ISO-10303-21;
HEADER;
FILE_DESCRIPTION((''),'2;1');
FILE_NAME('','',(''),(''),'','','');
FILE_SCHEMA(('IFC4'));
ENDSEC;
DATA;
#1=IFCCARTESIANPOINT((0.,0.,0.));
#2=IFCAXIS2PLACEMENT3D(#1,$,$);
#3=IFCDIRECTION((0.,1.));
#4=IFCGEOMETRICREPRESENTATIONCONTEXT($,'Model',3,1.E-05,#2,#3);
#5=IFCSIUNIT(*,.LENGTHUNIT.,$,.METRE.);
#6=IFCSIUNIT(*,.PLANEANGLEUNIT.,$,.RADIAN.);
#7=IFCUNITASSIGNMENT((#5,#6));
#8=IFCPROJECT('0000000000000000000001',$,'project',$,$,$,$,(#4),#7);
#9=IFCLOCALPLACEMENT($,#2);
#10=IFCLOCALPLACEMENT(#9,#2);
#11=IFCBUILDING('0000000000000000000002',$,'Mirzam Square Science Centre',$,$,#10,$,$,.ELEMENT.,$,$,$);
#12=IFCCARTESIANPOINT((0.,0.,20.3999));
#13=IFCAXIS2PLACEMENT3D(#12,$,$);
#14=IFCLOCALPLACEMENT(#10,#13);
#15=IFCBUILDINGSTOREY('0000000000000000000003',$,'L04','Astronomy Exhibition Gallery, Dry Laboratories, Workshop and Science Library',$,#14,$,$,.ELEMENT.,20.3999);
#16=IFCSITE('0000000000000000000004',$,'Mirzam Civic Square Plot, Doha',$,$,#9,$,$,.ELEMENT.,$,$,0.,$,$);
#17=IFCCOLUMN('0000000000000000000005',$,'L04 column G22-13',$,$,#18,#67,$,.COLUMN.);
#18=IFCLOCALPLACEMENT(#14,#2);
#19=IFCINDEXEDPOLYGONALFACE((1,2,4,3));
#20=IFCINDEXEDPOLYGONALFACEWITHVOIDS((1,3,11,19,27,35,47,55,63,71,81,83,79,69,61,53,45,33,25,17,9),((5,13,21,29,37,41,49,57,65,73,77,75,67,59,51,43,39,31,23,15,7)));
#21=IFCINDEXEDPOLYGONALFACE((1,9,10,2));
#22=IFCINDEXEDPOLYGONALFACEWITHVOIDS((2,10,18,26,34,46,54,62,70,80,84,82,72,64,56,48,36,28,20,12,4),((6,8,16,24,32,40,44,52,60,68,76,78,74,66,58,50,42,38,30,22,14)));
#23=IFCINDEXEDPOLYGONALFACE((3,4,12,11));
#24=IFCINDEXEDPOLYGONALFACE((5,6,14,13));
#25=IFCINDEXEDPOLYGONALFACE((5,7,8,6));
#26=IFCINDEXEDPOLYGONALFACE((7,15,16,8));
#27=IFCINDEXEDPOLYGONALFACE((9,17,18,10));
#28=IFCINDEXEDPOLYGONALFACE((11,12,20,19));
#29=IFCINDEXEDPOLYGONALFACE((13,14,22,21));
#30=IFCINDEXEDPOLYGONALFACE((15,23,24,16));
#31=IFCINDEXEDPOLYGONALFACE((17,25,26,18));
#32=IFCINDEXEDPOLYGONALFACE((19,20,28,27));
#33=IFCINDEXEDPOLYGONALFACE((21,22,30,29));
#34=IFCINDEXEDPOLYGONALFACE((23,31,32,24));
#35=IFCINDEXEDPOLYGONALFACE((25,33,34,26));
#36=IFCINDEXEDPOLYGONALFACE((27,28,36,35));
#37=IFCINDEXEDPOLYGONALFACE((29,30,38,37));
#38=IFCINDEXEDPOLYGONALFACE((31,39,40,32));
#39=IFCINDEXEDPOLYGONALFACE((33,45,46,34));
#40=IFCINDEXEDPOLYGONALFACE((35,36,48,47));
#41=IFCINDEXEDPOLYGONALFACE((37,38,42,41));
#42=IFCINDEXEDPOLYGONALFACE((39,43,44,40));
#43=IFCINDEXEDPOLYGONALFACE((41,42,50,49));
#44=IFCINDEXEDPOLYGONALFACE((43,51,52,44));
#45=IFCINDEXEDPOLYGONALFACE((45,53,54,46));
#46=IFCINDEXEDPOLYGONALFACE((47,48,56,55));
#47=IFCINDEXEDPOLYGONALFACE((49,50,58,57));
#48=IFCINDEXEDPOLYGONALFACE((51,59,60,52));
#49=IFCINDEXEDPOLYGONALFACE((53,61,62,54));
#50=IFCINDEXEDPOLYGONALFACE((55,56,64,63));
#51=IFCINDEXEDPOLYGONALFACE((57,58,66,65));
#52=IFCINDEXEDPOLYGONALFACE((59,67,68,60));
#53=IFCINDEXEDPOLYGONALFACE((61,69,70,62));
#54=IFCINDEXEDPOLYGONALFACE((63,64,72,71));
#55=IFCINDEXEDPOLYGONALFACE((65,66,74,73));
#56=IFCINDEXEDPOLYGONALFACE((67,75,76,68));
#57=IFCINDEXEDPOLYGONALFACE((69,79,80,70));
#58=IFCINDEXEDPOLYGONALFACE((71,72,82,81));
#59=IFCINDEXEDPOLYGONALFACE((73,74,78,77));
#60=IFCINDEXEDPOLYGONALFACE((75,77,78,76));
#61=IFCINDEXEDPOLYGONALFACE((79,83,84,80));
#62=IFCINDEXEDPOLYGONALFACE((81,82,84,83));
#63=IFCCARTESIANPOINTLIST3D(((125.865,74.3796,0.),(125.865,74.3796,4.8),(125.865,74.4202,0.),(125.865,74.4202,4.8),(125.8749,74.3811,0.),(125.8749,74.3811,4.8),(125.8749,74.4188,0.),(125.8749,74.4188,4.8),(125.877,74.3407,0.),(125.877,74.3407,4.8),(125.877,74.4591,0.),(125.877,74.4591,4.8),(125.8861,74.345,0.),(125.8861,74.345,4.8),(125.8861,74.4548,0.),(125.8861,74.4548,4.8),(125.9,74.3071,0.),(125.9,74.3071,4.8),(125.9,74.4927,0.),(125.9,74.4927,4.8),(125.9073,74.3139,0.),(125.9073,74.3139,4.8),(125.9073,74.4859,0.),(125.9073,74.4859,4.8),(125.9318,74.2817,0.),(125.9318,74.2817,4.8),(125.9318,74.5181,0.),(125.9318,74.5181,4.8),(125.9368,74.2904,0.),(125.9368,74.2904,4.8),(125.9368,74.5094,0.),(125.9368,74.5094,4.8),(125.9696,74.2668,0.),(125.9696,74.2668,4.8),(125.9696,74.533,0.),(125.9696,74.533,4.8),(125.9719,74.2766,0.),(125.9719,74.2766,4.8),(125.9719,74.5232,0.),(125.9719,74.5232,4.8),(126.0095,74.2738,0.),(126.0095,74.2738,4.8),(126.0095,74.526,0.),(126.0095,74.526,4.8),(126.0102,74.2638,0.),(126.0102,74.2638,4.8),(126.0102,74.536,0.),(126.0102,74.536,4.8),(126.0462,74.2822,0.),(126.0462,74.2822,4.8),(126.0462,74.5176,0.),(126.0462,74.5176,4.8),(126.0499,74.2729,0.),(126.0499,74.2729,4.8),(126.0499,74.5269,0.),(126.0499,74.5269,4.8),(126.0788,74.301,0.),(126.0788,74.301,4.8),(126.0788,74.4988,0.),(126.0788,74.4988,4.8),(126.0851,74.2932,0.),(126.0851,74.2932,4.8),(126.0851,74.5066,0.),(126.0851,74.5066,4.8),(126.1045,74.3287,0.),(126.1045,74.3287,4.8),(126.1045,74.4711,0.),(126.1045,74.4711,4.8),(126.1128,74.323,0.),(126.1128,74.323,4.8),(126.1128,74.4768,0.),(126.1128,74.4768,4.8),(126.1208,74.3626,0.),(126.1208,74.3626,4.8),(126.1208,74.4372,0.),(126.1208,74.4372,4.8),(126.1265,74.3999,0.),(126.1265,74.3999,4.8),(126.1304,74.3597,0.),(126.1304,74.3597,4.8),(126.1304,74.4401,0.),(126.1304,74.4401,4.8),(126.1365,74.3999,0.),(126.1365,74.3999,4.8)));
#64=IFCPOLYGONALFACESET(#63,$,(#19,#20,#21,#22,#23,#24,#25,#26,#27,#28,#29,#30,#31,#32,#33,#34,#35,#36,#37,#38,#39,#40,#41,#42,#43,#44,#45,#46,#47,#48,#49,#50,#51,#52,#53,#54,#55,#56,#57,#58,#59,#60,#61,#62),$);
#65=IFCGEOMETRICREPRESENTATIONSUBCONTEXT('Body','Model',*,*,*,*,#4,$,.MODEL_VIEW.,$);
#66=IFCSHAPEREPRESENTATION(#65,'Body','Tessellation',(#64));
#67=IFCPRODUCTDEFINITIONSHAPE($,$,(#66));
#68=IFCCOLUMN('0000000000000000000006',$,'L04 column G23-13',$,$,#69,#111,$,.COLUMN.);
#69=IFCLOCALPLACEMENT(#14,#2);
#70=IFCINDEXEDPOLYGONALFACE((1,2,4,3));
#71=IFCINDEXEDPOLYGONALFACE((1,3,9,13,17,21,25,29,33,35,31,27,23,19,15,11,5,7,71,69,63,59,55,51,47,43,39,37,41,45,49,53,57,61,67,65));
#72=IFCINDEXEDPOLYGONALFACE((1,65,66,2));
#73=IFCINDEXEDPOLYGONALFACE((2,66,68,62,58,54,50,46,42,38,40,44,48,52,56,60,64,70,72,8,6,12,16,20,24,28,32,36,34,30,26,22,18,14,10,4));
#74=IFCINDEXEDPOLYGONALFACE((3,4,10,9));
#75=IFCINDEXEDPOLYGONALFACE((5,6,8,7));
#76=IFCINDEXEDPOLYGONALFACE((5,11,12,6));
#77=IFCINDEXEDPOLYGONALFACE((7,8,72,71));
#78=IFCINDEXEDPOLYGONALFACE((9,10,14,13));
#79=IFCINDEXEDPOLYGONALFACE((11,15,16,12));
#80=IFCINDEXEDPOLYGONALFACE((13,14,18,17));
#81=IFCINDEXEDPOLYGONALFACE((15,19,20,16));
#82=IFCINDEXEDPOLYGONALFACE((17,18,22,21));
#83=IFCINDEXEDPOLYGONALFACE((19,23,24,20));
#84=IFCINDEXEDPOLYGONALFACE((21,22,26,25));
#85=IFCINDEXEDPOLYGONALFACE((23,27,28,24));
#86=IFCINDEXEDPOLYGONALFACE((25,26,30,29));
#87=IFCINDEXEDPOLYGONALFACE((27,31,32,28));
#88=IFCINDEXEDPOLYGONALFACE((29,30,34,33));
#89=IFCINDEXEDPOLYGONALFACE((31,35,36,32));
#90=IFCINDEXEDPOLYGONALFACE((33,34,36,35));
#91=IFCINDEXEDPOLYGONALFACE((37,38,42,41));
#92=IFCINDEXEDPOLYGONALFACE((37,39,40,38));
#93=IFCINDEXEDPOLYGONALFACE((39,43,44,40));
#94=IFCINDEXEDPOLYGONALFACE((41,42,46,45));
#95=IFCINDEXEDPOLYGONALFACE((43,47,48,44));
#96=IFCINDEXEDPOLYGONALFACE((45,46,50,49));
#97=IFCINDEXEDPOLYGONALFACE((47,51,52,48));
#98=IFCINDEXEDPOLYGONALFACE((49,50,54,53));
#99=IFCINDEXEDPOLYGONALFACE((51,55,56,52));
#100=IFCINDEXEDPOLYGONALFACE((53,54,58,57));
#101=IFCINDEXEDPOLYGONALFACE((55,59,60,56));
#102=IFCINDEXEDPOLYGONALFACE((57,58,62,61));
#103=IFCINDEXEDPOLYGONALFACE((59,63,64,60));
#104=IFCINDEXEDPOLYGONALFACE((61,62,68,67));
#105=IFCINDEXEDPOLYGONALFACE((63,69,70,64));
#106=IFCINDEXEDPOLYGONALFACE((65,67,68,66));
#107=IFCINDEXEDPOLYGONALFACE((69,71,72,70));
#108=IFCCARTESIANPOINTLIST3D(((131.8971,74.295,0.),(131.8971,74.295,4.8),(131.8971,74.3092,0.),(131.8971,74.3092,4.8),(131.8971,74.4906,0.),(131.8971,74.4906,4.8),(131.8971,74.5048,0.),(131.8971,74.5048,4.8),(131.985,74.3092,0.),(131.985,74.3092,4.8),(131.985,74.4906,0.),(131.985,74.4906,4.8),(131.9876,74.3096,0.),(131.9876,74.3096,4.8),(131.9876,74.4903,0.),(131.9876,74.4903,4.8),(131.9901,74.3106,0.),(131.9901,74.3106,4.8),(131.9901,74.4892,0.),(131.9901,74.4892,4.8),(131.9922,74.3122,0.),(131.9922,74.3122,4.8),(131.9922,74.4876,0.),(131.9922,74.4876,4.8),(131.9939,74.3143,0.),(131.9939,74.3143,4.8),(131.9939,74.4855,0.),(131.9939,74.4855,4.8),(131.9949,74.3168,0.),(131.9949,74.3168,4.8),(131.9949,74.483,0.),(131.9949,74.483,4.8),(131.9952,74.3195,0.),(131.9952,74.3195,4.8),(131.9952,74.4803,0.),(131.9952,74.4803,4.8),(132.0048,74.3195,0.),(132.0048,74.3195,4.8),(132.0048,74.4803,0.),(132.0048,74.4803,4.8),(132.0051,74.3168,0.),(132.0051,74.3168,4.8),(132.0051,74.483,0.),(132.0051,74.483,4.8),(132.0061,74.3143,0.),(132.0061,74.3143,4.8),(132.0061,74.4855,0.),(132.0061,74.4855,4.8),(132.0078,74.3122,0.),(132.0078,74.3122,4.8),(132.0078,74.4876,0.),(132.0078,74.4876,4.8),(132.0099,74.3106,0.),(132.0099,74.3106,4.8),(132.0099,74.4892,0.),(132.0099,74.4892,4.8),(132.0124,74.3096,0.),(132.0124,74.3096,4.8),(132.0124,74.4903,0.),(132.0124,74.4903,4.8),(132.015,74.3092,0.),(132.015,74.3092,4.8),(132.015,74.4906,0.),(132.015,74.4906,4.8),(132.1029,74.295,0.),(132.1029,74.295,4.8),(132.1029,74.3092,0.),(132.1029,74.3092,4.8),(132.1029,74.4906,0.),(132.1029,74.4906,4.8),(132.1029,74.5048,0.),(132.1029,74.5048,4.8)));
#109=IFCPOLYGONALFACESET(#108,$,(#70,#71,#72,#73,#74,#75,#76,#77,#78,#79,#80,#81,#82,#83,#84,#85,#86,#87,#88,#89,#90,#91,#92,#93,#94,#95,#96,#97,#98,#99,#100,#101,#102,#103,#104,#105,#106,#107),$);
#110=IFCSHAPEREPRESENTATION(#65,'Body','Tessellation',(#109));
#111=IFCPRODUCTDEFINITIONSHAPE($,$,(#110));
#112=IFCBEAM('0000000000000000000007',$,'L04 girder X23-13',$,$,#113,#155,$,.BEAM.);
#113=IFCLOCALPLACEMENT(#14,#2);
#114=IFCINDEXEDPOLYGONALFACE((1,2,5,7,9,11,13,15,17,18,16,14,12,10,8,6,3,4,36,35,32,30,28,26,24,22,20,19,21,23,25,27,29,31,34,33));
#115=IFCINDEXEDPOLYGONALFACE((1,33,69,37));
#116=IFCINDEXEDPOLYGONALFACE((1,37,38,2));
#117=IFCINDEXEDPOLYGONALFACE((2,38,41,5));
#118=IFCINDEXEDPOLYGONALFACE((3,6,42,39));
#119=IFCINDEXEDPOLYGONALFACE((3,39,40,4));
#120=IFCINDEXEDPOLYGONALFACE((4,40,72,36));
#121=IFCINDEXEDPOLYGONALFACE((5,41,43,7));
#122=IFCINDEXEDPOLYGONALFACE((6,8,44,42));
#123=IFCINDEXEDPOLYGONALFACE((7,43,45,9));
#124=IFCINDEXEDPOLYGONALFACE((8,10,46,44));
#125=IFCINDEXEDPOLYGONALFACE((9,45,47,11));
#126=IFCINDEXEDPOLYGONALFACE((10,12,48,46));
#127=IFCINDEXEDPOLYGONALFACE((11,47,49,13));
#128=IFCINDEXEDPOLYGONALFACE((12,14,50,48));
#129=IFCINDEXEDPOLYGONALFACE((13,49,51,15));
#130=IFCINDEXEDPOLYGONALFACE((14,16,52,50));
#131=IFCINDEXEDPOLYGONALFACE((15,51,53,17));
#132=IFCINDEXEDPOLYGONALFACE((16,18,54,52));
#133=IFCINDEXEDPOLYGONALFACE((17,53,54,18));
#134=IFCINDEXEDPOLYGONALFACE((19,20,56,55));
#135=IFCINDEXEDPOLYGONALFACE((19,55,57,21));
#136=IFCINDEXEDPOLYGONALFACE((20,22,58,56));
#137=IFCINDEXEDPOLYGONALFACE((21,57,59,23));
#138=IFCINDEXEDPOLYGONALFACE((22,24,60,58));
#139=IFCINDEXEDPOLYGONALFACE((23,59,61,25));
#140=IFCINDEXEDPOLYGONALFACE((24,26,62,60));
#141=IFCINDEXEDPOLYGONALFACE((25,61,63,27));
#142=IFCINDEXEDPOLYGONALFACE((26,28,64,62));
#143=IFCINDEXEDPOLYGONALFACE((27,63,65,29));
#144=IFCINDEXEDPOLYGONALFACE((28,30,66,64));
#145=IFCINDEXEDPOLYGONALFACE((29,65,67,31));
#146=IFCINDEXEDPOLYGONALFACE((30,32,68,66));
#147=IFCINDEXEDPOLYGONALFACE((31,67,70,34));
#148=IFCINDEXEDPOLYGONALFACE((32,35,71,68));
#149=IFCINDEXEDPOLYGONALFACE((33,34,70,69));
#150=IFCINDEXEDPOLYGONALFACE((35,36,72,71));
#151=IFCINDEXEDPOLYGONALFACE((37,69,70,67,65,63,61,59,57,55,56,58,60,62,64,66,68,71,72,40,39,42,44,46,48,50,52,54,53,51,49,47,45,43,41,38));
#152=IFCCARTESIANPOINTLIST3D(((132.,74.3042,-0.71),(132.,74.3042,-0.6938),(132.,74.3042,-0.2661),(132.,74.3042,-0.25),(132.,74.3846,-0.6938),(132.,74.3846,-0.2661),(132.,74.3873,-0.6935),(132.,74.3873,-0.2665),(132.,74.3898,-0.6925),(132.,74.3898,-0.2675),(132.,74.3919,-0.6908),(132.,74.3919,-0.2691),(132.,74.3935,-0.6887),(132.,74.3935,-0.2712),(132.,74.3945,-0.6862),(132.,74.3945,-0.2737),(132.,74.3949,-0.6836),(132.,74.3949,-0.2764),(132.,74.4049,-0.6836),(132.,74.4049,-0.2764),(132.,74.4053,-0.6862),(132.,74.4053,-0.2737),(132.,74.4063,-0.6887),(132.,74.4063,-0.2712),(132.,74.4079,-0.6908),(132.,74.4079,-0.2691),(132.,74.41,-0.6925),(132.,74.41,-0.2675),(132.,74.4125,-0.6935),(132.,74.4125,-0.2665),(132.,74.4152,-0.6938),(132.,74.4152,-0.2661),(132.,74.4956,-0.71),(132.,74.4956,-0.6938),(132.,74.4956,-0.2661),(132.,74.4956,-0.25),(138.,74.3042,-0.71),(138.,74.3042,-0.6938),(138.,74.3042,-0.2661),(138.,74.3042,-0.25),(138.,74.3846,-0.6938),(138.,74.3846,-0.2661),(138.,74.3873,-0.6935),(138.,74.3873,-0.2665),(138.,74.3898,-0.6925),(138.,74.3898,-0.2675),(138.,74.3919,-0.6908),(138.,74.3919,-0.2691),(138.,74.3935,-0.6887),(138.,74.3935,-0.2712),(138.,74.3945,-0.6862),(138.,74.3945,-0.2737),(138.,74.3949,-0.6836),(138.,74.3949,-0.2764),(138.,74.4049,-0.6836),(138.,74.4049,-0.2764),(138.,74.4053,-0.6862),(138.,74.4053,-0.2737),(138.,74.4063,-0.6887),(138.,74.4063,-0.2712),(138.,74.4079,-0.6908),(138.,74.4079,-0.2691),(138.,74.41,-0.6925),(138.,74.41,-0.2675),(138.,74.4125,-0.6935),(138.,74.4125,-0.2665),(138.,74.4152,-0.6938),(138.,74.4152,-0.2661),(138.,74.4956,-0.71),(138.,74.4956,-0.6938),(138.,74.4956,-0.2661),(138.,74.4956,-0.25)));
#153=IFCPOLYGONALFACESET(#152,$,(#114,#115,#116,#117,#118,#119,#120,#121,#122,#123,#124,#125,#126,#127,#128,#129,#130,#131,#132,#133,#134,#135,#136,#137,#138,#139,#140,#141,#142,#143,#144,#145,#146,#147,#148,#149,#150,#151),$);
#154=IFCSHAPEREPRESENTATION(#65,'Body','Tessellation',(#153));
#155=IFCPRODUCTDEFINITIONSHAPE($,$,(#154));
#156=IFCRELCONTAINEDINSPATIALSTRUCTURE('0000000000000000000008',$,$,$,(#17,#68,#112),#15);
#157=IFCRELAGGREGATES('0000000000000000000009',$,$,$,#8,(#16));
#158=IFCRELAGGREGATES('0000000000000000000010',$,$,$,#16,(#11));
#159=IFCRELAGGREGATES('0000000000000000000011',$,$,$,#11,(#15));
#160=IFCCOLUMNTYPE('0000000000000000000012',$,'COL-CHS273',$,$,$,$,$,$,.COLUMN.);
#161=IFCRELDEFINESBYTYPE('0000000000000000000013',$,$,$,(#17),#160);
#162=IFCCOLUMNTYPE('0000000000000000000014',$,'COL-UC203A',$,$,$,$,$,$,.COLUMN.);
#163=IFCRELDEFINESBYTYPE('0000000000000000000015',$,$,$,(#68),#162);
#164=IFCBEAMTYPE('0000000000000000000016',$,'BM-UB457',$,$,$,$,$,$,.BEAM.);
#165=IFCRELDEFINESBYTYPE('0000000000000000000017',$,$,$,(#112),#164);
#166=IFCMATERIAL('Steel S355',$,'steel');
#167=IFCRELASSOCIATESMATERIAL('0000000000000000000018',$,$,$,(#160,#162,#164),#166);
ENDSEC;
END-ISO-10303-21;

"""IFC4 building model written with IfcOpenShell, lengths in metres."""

from ifc_helpers import new_model, si_unit, direction, frame, origin, origin_2d, place, context, subcontext, project, spatial, hollow_circle, i_section, extrude, material, material_profile, profile_set, type_object, element, save


model = new_model("IFC4")

# Units and contexts
model_context = context("Model", 3, precision=1e-05, world=origin(), true_north=direction((0.0, 1.0)))
body_context = subcontext(model_context, "Body", "Model", "MODEL_VIEW")
ifc_project = project(units=[si_unit("LENGTHUNIT", "METRE"), si_unit("PLANEANGLEUNIT", "RADIAN")], contexts=[model_context])

# Site, building, storey
site_placement = place(None, origin())
site = spatial("IfcSite", under=ifc_project, at=site_placement, Name="Mirzam Civic Square Plot, Doha", CompositionType="ELEMENT", RefElevation=0.0)
building_placement = place(site_placement, origin())
building = spatial("IfcBuilding", under=site, at=building_placement, Name="Mirzam Square Science Centre", CompositionType="ELEMENT")
storey_placement = place(building_placement, frame((0.0, 0.0, 20.3999)))
storey = spatial("IfcBuildingStorey", under=building, at=storey_placement, Name="L04", Description="Astronomy Exhibition Gallery, Dry Laboratories, Workshop and Science Library", CompositionType="ELEMENT", Elevation=20.3999)

# Columns
ifc_material_1 = material(Name="Steel S355", Category="steel")
ifc_material_profile_1 = material_profile(ifc_material_1, hollow_circle(Radius=0.1365, WallThickness=0.01, at=origin_2d()), Name="273.0x10.0CHS")
ifc_profile_set_1 = profile_set([ifc_material_profile_1], Name="Steel S355")
column_type_1 = type_object("IfcColumnType", Name="COL-CHS273", PredefinedType="COLUMN", material=ifc_profile_set_1)
column_1_placement = place(storey_placement, frame((126.0, 74.3999, 0.0), z_axis=(0.0, 0.0, 1.0), x_axis=(1.0, 0.0, 0.0)))
element("IfcColumn", 1, at=column_1_placement, inside=storey, type_object=column_type_1, Name="L04 column G22-13", PredefinedType="COLUMN", context=body_context, shape_type="SweptSolid", body=[
    extrude(hollow_circle(Radius=0.1365, WallThickness=0.01, at=origin_2d()), origin(), (0.0, 0.0, 1.0), 4.8),
])
ifc_material_profile_2 = material_profile(ifc_material_1, i_section(OverallWidth=0.2058, OverallDepth=0.2097, WebThickness=0.0095, FlangeThickness=0.0142, FilletRadius=0.0103, at=origin_2d()), Name="203x203x60UC")
ifc_profile_set_2 = profile_set([ifc_material_profile_2], Name="Steel S355")
column_type_2 = type_object("IfcColumnType", Name="COL-UC203A", PredefinedType="COLUMN", material=ifc_profile_set_2)
column_2_placement = place(storey_placement, frame((132.0, 74.3999, 0.0), z_axis=(0.0, 0.0, 1.0), x_axis=(1.0, 0.0, 0.0)))
element("IfcColumn", 2, at=column_2_placement, inside=storey, type_object=column_type_2, Name="L04 column G23-13", PredefinedType="COLUMN", context=body_context, shape_type="SweptSolid", body=[
    extrude(i_section(OverallWidth=0.2058, OverallDepth=0.2097, WebThickness=0.0095, FlangeThickness=0.0142, FilletRadius=0.0103, at=origin_2d()), origin(), (0.0, 0.0, 1.0), 4.8),
])

# Beam
ifc_material_profile_3 = material_profile(ifc_material_1, i_section(OverallWidth=0.1914, OverallDepth=0.46, WebThickness=0.01, FlangeThickness=0.0161, FilletRadius=0.0103, at=origin_2d()), Name="457x191x82UB")
ifc_profile_set_3 = profile_set([ifc_material_profile_3], Name="Steel S355")
beam_type_1 = type_object("IfcBeamType", Name="BM-UB457", PredefinedType="BEAM", material=ifc_profile_set_3)
beam_1_placement = place(storey_placement, frame((132.0, 74.3999, -0.48), z_axis=(1.0, 0.0, 0.0), x_axis=(0.0, 1.0, 0.0)))
element("IfcBeam", 3, at=beam_1_placement, inside=storey, type_object=beam_type_1, Name="L04 girder X23-13", PredefinedType="BEAM", context=body_context, shape_type="SweptSolid", body=[
    extrude(i_section(OverallWidth=0.1914, OverallDepth=0.46, WebThickness=0.01, FlangeThickness=0.0161, FilletRadius=0.0103, at=origin_2d()), origin(), (0.0, 0.0, 1.0), 6.0),
])

save(model, "model.ifc")
